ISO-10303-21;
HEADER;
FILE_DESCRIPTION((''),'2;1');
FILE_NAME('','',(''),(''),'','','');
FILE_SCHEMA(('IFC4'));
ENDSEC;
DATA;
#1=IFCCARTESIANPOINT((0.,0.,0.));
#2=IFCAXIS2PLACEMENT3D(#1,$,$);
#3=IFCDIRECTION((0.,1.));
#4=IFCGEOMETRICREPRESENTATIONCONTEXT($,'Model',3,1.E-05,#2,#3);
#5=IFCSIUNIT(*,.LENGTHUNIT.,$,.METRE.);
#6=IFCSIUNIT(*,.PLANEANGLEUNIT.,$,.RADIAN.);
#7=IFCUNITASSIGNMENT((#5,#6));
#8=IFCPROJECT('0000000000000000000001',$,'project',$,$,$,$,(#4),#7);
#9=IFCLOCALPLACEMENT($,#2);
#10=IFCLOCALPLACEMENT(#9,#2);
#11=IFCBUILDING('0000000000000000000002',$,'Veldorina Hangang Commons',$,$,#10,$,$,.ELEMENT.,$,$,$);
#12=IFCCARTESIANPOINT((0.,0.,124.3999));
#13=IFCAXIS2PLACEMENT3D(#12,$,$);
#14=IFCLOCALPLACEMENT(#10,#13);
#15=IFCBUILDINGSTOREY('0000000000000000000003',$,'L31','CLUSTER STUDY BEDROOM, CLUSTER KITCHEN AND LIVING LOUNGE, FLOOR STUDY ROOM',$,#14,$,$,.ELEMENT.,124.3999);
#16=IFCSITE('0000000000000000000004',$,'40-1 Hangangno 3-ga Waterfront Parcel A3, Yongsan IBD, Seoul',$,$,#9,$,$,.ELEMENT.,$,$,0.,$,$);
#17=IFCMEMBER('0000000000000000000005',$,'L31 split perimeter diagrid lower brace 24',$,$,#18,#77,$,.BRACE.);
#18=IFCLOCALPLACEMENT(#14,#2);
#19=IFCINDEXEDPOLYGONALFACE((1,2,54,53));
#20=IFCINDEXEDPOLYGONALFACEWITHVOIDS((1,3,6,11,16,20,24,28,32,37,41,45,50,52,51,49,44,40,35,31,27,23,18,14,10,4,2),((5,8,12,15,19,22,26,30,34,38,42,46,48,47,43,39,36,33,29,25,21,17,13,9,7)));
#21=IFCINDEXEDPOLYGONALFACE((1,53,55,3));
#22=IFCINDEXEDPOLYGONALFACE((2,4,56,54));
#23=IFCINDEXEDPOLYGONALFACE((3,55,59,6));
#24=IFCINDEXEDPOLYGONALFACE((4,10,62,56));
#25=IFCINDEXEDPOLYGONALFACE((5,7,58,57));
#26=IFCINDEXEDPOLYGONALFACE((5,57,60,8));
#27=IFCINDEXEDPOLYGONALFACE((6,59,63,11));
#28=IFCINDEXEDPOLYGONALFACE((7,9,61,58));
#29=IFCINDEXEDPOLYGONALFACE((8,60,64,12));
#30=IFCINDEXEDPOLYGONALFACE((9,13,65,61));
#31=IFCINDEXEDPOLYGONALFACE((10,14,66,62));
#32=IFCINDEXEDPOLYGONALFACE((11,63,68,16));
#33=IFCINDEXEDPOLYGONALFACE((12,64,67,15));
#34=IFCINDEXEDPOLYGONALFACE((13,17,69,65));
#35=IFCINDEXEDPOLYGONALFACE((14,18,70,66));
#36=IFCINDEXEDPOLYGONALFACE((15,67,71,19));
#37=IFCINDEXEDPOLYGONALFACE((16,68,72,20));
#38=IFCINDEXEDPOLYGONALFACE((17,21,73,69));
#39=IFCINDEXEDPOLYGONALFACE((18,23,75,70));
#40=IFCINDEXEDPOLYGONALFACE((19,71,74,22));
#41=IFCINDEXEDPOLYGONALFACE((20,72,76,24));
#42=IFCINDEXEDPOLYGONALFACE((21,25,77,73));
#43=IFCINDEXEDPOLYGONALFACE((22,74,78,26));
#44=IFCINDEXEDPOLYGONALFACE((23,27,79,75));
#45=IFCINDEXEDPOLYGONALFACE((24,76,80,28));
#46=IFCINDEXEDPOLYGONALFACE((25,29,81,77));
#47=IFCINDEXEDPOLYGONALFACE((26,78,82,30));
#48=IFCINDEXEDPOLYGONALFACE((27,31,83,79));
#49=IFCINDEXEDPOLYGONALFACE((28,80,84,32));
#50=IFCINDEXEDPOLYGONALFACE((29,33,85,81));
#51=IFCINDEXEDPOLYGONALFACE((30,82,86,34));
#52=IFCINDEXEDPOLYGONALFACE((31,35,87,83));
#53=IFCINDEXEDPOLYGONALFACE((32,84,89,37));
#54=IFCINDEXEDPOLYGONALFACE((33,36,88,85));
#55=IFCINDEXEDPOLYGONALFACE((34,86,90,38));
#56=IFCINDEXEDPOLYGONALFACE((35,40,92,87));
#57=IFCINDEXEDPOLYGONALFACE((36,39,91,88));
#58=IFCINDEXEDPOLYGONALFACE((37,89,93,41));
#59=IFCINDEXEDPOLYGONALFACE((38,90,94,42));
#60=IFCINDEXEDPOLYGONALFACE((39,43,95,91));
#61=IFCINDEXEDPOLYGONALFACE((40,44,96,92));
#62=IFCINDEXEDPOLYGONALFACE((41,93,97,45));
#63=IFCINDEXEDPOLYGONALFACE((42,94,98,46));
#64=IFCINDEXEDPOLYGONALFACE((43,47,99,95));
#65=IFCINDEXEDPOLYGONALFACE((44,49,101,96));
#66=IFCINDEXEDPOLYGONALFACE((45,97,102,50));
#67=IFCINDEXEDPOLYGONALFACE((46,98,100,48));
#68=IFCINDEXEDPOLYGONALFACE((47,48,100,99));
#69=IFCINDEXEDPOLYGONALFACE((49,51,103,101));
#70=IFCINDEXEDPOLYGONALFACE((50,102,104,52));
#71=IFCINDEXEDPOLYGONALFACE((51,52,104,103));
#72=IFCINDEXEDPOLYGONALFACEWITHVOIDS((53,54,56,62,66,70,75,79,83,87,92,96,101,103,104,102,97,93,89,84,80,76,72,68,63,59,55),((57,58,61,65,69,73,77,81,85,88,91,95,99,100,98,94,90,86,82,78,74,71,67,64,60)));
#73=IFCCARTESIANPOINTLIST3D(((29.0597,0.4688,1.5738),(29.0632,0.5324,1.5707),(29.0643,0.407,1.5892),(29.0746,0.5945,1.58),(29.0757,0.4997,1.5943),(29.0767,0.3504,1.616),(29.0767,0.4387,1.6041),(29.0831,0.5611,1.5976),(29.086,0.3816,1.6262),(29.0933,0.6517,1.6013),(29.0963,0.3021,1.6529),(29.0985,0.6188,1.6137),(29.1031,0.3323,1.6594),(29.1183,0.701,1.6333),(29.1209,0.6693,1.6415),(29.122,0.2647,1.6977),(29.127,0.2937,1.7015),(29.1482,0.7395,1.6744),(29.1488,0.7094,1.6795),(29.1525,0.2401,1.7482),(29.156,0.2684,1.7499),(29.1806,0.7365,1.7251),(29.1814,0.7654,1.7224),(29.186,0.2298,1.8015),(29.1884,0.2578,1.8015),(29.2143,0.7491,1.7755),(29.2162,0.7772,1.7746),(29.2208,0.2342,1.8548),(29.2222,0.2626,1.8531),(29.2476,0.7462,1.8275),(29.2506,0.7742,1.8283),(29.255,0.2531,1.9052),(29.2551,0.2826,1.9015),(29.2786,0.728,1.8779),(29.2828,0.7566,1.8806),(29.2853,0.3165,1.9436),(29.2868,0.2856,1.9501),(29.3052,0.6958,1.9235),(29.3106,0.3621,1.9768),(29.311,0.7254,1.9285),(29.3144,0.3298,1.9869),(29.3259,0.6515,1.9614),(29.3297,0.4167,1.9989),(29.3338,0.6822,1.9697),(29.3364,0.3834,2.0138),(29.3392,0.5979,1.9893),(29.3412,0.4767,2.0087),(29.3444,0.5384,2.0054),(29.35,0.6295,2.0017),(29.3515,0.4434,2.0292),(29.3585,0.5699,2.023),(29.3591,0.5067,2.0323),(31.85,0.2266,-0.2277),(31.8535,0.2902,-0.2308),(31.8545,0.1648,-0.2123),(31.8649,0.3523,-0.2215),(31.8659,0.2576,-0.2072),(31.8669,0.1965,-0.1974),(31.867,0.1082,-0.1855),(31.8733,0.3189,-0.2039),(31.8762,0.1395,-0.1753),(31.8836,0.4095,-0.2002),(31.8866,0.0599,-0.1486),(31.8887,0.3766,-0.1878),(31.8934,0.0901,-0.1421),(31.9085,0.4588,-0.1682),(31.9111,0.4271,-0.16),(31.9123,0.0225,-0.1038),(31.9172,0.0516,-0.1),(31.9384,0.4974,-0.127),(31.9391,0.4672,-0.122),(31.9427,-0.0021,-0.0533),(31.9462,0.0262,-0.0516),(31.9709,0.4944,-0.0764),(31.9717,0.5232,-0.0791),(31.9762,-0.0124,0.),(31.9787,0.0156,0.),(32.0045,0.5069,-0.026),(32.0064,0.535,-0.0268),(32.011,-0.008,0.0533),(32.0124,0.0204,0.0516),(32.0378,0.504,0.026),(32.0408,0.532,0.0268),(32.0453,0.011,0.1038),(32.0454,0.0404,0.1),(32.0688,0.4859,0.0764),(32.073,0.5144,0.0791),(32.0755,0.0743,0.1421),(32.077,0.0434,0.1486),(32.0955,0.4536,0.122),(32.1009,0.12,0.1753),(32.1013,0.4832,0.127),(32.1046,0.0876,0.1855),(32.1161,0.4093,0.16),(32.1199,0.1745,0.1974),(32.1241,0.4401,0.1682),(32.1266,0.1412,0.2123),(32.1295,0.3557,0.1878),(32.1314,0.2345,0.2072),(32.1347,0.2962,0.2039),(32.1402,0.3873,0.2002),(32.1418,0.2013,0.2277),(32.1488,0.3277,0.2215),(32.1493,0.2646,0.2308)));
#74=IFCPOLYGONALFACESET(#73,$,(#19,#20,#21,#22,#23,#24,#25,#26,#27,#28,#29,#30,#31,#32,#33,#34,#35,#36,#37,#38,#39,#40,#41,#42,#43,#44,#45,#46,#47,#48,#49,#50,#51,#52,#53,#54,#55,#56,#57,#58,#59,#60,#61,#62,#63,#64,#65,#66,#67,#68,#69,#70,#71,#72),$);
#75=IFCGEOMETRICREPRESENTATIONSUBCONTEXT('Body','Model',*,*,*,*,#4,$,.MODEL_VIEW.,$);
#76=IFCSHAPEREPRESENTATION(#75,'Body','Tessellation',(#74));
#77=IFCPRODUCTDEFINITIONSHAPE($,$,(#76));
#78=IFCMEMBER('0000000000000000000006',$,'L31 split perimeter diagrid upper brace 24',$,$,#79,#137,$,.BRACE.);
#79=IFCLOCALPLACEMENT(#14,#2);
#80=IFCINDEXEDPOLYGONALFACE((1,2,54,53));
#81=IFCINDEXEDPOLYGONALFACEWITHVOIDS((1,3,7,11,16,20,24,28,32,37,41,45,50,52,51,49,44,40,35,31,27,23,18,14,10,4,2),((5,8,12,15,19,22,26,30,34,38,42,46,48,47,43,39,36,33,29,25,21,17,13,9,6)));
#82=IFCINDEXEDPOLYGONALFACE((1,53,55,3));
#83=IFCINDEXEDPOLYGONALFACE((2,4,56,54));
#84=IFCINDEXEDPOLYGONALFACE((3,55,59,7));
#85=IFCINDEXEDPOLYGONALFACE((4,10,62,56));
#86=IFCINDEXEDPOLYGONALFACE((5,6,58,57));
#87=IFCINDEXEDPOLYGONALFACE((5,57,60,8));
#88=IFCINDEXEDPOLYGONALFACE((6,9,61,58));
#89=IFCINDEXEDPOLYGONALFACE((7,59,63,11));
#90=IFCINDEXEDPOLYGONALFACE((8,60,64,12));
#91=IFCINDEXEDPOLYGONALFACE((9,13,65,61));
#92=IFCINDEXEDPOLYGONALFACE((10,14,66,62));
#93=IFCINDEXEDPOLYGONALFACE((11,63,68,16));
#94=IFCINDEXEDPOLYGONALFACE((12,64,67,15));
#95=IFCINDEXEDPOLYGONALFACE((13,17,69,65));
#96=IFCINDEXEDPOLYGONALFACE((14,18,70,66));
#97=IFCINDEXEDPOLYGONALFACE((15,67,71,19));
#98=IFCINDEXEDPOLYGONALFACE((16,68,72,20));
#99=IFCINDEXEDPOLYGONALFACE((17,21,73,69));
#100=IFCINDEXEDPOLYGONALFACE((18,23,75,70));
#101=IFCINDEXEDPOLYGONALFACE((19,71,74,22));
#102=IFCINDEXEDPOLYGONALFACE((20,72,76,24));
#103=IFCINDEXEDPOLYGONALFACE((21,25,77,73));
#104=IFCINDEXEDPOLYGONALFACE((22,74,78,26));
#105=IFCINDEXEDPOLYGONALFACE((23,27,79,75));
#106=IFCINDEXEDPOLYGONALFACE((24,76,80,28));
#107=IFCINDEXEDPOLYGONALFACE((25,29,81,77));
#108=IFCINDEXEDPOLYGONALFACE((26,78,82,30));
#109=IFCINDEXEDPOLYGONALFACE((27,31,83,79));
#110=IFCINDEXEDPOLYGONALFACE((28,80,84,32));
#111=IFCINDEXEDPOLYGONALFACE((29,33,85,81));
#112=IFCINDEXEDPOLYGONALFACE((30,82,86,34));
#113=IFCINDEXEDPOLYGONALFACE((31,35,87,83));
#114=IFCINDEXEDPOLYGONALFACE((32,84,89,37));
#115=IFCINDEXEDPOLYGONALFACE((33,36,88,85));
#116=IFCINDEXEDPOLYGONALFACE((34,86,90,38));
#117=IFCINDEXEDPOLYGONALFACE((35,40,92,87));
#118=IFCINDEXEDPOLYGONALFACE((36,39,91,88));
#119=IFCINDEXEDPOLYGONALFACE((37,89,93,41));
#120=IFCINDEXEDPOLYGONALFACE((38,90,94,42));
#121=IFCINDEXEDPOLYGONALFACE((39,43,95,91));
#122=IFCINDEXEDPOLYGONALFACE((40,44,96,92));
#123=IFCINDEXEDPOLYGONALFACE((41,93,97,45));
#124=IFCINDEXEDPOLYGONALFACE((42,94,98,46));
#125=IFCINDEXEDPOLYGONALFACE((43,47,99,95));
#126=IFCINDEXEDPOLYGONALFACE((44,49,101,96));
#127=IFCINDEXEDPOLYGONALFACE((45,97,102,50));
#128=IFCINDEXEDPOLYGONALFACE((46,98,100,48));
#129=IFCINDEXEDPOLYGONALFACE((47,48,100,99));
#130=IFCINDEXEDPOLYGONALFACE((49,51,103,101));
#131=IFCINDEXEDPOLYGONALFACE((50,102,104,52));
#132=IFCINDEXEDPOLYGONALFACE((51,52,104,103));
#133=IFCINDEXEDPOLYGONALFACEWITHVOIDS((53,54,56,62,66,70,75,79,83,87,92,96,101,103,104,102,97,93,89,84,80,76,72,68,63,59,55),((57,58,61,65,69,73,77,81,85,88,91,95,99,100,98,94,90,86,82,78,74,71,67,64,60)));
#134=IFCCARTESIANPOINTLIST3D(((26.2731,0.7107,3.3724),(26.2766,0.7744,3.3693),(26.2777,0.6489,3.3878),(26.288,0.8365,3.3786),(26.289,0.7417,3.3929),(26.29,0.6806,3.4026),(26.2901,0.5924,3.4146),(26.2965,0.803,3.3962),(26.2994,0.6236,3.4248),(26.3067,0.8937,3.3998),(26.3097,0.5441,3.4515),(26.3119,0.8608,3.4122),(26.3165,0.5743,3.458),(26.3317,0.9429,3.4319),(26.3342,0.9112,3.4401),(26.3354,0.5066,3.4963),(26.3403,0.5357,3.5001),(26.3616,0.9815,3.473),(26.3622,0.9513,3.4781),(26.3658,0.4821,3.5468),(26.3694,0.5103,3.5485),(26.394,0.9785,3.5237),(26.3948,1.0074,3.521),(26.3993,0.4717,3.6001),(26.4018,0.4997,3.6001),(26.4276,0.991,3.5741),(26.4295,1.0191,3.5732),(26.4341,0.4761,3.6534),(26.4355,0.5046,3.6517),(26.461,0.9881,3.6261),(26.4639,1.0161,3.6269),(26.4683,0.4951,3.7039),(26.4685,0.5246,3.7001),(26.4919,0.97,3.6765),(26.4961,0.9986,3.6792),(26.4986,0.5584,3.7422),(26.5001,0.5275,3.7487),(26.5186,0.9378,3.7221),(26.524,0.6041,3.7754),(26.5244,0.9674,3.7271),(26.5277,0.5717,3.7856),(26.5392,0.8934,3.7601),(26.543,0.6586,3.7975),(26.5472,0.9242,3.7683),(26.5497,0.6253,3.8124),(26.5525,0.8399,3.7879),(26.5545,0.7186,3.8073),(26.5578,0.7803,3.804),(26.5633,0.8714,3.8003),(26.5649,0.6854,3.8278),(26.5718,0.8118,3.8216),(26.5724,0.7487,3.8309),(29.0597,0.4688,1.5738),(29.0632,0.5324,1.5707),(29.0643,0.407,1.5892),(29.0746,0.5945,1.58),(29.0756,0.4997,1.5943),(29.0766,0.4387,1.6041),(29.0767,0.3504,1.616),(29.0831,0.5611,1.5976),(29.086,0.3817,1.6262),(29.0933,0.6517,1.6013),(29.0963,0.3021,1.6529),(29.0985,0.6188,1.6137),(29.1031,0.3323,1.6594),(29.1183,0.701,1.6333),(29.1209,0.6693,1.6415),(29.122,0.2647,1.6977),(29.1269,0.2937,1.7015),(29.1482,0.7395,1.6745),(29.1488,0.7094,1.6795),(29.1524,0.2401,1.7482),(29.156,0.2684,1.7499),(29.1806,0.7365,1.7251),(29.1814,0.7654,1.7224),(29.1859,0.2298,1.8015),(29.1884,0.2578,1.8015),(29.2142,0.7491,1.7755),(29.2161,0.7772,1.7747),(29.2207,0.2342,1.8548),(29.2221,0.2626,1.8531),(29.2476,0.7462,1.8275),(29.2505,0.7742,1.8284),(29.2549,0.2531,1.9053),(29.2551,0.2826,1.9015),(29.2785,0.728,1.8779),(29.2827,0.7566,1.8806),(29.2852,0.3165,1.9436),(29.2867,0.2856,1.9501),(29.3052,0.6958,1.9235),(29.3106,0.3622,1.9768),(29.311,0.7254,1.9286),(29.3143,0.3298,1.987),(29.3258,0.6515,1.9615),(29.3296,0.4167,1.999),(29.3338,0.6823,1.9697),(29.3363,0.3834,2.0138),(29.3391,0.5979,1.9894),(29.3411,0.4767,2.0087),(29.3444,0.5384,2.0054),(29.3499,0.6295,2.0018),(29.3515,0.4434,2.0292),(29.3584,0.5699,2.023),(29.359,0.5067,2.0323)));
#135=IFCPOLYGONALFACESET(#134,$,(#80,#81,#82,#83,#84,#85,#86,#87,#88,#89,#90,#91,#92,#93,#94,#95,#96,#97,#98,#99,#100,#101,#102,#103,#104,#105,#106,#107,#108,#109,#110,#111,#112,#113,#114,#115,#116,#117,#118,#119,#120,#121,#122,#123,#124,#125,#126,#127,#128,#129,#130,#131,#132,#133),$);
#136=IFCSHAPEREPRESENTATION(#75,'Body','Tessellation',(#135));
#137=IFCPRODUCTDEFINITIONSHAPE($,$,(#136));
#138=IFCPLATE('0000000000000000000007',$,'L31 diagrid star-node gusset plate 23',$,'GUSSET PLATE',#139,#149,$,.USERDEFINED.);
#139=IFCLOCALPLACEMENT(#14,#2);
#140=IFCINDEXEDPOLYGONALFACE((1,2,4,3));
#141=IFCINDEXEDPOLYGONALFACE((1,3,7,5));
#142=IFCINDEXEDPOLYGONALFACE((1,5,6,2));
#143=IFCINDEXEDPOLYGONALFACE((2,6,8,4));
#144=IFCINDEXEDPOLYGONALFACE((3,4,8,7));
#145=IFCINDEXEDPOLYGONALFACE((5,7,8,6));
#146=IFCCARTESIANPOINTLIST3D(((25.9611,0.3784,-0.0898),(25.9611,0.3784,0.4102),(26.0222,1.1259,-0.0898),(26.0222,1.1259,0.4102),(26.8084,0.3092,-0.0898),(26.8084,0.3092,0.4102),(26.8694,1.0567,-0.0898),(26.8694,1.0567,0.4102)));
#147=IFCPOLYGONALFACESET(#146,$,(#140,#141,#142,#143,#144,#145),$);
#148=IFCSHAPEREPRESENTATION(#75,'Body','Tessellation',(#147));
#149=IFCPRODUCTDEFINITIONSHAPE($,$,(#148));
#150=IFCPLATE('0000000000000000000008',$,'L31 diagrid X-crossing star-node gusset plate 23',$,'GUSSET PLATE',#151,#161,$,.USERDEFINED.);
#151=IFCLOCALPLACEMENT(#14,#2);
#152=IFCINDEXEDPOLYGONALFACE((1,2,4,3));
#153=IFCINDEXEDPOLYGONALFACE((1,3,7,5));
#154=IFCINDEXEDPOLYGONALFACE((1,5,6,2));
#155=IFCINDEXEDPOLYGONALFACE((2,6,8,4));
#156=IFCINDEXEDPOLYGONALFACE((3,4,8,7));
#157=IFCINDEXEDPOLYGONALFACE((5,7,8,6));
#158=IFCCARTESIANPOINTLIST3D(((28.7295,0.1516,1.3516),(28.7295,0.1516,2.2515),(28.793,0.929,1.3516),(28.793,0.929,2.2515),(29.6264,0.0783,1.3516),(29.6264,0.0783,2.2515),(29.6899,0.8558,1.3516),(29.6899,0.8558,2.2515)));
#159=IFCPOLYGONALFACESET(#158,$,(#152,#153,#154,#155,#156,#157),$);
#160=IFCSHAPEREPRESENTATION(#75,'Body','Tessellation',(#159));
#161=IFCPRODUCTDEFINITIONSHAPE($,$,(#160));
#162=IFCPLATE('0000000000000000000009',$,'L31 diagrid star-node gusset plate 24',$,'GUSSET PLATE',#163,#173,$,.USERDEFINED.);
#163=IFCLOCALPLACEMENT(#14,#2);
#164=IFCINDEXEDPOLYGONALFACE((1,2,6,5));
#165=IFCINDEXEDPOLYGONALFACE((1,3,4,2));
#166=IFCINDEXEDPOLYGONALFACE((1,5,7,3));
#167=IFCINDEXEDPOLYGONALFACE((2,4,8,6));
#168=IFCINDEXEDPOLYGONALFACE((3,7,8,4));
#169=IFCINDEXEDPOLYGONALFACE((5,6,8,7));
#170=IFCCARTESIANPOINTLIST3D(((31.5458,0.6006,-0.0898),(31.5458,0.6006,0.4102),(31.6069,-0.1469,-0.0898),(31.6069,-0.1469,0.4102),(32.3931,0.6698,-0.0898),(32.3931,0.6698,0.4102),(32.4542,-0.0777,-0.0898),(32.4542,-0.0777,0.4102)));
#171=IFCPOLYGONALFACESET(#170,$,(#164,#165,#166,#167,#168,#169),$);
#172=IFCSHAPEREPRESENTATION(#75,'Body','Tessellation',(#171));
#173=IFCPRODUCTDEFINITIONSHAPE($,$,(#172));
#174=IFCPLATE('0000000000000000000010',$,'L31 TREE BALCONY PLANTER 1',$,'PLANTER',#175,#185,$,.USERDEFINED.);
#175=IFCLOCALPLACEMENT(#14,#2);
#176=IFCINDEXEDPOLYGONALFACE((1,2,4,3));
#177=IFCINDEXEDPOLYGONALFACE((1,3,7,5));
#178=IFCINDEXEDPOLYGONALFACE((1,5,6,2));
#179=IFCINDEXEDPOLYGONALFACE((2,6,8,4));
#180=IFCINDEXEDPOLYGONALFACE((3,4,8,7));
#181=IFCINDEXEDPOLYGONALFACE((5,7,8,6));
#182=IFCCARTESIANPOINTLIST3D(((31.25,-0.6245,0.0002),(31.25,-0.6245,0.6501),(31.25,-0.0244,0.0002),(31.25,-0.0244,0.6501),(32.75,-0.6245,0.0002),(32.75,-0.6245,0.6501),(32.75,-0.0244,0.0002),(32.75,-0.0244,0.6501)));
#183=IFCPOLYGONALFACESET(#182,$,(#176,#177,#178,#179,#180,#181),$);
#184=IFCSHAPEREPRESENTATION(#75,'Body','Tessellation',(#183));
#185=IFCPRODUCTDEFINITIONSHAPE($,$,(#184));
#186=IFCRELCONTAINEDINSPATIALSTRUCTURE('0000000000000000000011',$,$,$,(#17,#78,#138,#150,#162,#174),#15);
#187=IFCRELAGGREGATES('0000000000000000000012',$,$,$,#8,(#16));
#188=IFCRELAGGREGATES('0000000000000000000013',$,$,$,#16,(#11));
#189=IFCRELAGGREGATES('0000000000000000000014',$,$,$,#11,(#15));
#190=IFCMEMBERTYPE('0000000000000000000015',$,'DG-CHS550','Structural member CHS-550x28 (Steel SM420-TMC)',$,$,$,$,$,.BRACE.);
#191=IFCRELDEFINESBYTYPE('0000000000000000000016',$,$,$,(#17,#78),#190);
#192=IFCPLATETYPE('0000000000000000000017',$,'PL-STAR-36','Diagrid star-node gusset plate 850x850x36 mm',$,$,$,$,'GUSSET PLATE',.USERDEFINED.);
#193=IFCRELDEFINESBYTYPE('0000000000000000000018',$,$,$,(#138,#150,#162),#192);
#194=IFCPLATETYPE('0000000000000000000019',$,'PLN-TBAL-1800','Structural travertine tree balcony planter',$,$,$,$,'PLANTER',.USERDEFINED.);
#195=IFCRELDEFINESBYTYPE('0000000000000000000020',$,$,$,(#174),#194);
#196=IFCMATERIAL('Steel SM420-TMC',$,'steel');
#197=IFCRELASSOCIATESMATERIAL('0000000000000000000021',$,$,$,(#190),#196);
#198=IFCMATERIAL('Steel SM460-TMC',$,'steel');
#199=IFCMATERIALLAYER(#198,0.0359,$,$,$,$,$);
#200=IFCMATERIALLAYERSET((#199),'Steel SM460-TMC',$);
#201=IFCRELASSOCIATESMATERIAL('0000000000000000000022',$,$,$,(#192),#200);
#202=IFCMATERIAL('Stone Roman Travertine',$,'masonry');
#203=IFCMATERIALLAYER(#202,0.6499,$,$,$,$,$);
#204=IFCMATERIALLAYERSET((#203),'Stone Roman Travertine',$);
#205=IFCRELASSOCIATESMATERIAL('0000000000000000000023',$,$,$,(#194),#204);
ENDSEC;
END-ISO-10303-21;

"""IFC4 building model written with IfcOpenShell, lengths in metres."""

from ifc_helpers import new_model, si_unit, direction, frame, origin, origin_2d, place, context, subcontext, project, spatial, rectangle, hollow_circle, extrude, material, layer, layer_set, material_profile, profile_set, type_object, element, save


model = new_model("IFC4")

# Units and contexts
model_context = context("Model", 3, precision=1e-05, world=origin(), true_north=direction((0.0, 1.0)))
body_context = subcontext(model_context, "Body", "Model", "MODEL_VIEW")
ifc_project = project(units=[si_unit("LENGTHUNIT", "METRE"), si_unit("PLANEANGLEUNIT", "RADIAN")], contexts=[model_context])

# Site, building, storey
site_placement = place(None, origin())
site = spatial("IfcSite", under=ifc_project, at=site_placement, Name="40-1 Hangangno 3-ga Waterfront Parcel A3, Yongsan IBD, Seoul", CompositionType="ELEMENT", RefElevation=0.0)
building_placement = place(site_placement, origin())
building = spatial("IfcBuilding", under=site, at=building_placement, Name="Veldorina Hangang Commons", CompositionType="ELEMENT")
storey_placement = place(building_placement, frame((0.0, 0.0, 124.3999)))
storey = spatial("IfcBuildingStorey", under=building, at=storey_placement, Name="L31", Description="CLUSTER STUDY BEDROOM, CLUSTER KITCHEN AND LIVING LOUNGE, FLOOR STUDY ROOM", CompositionType="ELEMENT", Elevation=124.3999)

# Shared definitions
ifc_material_1 = material(Name="Steel SM420-TMC", Category="steel")

# Members
ifc_material_profile_1 = material_profile(ifc_material_1, hollow_circle(Radius=0.2749, WallThickness=0.0281, at=origin_2d()), Name="CHS-550x28")
ifc_profile_set_1 = profile_set([ifc_material_profile_1], Name="Steel SM420-TMC")
member_type = type_object("IfcMemberType", Name="DG-CHS550", Description="Structural member CHS-550x28 (Steel SM420-TMC)", PredefinedType="BRACE", material=ifc_profile_set_1)
member_1_placement = place(storey_placement, frame((32.0, 0.2615, 0.0), z_axis=(-0.837889, 0.072726, 0.540973), x_axis=(-0.086472, -0.996254, 0.0)))
element("IfcMember", 1, at=member_1_placement, inside=storey, type_object=member_type, Name="L31 split perimeter diagrid lower brace 24", PredefinedType="BRACE", context=body_context, shape_type="SweptSolid", body=[
    extrude(hollow_circle(Radius=0.2749, WallThickness=0.0281, at=origin_2d()), origin(), (0.0, 0.0, 1.0), 3.3301),
])
member_2_placement = place(storey_placement, frame((29.2097, 0.5037, 1.8015), z_axis=(-0.837965, 0.072755, 0.540852), x_axis=(-0.086498, -0.996252, 0.0)))
element("IfcMember", 2, at=member_2_placement, inside=storey, type_object=member_type, Name="L31 split perimeter diagrid upper brace 24", PredefinedType="BRACE", context=body_context, shape_type="SweptSolid", body=[
    extrude(hollow_circle(Radius=0.2749, WallThickness=0.0281, at=origin_2d()), origin(), (0.0, 0.0, 1.0), 3.3254),
])

# Plates
ifc_material_2 = material(Name="Steel SM460-TMC", Category="steel")
ifc_layer_1 = layer(ifc_material_2, 0.0359)
ifc_layer_set_1 = layer_set([ifc_layer_1], Name="Steel SM460-TMC")
plate_type_1 = type_object("IfcPlateType", Name="PL-STAR-36", Description="Diagrid star-node gusset plate 850x850x36 mm", ElementType="GUSSET PLATE", PredefinedType="USERDEFINED", material=ifc_layer_set_1)
plate_1_placement = place(storey_placement, frame((26.4153, 0.7175, -0.0898), z_axis=(0.0, 0.0, 1.0), x_axis=(0.996682, -0.081399, 0.0)))
element("IfcPlate", 3, at=plate_1_placement, inside=storey, type_object=plate_type_1, Name="L31 diagrid star-node gusset plate 23", ObjectType="GUSSET PLATE", PredefinedType="USERDEFINED", context=body_context, shape_type="SweptSolid", body=[
    extrude(rectangle(XDim=0.8501, YDim=0.75, at=origin_2d()), origin(), (0.0, 0.0, 1.0), 0.5),
])
plate_2_placement = place(storey_placement, frame((29.2097, 0.5037, 1.3516), z_axis=(0.0, 0.0, 1.0), x_axis=(0.996682, -0.081399, 0.0)))
element("IfcPlate", 4, at=plate_2_placement, inside=storey, type_object=plate_type_1, Name="L31 diagrid X-crossing star-node gusset plate 23", ObjectType="GUSSET PLATE", PredefinedType="USERDEFINED", context=body_context, shape_type="SweptSolid", body=[
    extrude(rectangle(XDim=0.8999, YDim=0.78, at=origin_2d()), origin(), (0.0, 0.0, 1.0), 0.8999),
])
plate_3_placement = place(storey_placement, frame((32.0, 0.2615, -0.0898), z_axis=(0.0, 0.0, 1.0), x_axis=(0.996682, 0.081399, 0.0)))
element("IfcPlate", 5, at=plate_3_placement, inside=storey, type_object=plate_type_1, Name="L31 diagrid star-node gusset plate 24", ObjectType="GUSSET PLATE", PredefinedType="USERDEFINED", context=body_context, shape_type="SweptSolid", body=[
    extrude(rectangle(XDim=0.8501, YDim=0.75, at=origin_2d()), origin(), (0.0, 0.0, 1.0), 0.5),
])
ifc_material_3 = material(Name="Stone Roman Travertine", Category="masonry")
ifc_layer_2 = layer(ifc_material_3, 0.6499)
ifc_layer_set_2 = layer_set([ifc_layer_2], Name="Stone Roman Travertine")
plate_type_2 = type_object("IfcPlateType", Name="PLN-TBAL-1800", Description="Structural travertine tree balcony planter", ElementType="PLANTER", PredefinedType="USERDEFINED", material=ifc_layer_set_2)
plate_4_placement = place(storey_placement, frame((32.0, -0.3245, 0.0002), z_axis=(0.0, 0.0, 1.0), x_axis=(1.0, 0.0, 0.0)))
element("IfcPlate", 6, at=plate_4_placement, inside=storey, type_object=plate_type_2, Name="L31 TREE BALCONY PLANTER 1", ObjectType="PLANTER", PredefinedType="USERDEFINED", context=body_context, shape_type="SweptSolid", body=[
    extrude(rectangle(XDim=1.5, YDim=0.6001, at=origin_2d()), origin(), (0.0, 0.0, 1.0), 0.6499),
])

save(model, "model.ifc")
